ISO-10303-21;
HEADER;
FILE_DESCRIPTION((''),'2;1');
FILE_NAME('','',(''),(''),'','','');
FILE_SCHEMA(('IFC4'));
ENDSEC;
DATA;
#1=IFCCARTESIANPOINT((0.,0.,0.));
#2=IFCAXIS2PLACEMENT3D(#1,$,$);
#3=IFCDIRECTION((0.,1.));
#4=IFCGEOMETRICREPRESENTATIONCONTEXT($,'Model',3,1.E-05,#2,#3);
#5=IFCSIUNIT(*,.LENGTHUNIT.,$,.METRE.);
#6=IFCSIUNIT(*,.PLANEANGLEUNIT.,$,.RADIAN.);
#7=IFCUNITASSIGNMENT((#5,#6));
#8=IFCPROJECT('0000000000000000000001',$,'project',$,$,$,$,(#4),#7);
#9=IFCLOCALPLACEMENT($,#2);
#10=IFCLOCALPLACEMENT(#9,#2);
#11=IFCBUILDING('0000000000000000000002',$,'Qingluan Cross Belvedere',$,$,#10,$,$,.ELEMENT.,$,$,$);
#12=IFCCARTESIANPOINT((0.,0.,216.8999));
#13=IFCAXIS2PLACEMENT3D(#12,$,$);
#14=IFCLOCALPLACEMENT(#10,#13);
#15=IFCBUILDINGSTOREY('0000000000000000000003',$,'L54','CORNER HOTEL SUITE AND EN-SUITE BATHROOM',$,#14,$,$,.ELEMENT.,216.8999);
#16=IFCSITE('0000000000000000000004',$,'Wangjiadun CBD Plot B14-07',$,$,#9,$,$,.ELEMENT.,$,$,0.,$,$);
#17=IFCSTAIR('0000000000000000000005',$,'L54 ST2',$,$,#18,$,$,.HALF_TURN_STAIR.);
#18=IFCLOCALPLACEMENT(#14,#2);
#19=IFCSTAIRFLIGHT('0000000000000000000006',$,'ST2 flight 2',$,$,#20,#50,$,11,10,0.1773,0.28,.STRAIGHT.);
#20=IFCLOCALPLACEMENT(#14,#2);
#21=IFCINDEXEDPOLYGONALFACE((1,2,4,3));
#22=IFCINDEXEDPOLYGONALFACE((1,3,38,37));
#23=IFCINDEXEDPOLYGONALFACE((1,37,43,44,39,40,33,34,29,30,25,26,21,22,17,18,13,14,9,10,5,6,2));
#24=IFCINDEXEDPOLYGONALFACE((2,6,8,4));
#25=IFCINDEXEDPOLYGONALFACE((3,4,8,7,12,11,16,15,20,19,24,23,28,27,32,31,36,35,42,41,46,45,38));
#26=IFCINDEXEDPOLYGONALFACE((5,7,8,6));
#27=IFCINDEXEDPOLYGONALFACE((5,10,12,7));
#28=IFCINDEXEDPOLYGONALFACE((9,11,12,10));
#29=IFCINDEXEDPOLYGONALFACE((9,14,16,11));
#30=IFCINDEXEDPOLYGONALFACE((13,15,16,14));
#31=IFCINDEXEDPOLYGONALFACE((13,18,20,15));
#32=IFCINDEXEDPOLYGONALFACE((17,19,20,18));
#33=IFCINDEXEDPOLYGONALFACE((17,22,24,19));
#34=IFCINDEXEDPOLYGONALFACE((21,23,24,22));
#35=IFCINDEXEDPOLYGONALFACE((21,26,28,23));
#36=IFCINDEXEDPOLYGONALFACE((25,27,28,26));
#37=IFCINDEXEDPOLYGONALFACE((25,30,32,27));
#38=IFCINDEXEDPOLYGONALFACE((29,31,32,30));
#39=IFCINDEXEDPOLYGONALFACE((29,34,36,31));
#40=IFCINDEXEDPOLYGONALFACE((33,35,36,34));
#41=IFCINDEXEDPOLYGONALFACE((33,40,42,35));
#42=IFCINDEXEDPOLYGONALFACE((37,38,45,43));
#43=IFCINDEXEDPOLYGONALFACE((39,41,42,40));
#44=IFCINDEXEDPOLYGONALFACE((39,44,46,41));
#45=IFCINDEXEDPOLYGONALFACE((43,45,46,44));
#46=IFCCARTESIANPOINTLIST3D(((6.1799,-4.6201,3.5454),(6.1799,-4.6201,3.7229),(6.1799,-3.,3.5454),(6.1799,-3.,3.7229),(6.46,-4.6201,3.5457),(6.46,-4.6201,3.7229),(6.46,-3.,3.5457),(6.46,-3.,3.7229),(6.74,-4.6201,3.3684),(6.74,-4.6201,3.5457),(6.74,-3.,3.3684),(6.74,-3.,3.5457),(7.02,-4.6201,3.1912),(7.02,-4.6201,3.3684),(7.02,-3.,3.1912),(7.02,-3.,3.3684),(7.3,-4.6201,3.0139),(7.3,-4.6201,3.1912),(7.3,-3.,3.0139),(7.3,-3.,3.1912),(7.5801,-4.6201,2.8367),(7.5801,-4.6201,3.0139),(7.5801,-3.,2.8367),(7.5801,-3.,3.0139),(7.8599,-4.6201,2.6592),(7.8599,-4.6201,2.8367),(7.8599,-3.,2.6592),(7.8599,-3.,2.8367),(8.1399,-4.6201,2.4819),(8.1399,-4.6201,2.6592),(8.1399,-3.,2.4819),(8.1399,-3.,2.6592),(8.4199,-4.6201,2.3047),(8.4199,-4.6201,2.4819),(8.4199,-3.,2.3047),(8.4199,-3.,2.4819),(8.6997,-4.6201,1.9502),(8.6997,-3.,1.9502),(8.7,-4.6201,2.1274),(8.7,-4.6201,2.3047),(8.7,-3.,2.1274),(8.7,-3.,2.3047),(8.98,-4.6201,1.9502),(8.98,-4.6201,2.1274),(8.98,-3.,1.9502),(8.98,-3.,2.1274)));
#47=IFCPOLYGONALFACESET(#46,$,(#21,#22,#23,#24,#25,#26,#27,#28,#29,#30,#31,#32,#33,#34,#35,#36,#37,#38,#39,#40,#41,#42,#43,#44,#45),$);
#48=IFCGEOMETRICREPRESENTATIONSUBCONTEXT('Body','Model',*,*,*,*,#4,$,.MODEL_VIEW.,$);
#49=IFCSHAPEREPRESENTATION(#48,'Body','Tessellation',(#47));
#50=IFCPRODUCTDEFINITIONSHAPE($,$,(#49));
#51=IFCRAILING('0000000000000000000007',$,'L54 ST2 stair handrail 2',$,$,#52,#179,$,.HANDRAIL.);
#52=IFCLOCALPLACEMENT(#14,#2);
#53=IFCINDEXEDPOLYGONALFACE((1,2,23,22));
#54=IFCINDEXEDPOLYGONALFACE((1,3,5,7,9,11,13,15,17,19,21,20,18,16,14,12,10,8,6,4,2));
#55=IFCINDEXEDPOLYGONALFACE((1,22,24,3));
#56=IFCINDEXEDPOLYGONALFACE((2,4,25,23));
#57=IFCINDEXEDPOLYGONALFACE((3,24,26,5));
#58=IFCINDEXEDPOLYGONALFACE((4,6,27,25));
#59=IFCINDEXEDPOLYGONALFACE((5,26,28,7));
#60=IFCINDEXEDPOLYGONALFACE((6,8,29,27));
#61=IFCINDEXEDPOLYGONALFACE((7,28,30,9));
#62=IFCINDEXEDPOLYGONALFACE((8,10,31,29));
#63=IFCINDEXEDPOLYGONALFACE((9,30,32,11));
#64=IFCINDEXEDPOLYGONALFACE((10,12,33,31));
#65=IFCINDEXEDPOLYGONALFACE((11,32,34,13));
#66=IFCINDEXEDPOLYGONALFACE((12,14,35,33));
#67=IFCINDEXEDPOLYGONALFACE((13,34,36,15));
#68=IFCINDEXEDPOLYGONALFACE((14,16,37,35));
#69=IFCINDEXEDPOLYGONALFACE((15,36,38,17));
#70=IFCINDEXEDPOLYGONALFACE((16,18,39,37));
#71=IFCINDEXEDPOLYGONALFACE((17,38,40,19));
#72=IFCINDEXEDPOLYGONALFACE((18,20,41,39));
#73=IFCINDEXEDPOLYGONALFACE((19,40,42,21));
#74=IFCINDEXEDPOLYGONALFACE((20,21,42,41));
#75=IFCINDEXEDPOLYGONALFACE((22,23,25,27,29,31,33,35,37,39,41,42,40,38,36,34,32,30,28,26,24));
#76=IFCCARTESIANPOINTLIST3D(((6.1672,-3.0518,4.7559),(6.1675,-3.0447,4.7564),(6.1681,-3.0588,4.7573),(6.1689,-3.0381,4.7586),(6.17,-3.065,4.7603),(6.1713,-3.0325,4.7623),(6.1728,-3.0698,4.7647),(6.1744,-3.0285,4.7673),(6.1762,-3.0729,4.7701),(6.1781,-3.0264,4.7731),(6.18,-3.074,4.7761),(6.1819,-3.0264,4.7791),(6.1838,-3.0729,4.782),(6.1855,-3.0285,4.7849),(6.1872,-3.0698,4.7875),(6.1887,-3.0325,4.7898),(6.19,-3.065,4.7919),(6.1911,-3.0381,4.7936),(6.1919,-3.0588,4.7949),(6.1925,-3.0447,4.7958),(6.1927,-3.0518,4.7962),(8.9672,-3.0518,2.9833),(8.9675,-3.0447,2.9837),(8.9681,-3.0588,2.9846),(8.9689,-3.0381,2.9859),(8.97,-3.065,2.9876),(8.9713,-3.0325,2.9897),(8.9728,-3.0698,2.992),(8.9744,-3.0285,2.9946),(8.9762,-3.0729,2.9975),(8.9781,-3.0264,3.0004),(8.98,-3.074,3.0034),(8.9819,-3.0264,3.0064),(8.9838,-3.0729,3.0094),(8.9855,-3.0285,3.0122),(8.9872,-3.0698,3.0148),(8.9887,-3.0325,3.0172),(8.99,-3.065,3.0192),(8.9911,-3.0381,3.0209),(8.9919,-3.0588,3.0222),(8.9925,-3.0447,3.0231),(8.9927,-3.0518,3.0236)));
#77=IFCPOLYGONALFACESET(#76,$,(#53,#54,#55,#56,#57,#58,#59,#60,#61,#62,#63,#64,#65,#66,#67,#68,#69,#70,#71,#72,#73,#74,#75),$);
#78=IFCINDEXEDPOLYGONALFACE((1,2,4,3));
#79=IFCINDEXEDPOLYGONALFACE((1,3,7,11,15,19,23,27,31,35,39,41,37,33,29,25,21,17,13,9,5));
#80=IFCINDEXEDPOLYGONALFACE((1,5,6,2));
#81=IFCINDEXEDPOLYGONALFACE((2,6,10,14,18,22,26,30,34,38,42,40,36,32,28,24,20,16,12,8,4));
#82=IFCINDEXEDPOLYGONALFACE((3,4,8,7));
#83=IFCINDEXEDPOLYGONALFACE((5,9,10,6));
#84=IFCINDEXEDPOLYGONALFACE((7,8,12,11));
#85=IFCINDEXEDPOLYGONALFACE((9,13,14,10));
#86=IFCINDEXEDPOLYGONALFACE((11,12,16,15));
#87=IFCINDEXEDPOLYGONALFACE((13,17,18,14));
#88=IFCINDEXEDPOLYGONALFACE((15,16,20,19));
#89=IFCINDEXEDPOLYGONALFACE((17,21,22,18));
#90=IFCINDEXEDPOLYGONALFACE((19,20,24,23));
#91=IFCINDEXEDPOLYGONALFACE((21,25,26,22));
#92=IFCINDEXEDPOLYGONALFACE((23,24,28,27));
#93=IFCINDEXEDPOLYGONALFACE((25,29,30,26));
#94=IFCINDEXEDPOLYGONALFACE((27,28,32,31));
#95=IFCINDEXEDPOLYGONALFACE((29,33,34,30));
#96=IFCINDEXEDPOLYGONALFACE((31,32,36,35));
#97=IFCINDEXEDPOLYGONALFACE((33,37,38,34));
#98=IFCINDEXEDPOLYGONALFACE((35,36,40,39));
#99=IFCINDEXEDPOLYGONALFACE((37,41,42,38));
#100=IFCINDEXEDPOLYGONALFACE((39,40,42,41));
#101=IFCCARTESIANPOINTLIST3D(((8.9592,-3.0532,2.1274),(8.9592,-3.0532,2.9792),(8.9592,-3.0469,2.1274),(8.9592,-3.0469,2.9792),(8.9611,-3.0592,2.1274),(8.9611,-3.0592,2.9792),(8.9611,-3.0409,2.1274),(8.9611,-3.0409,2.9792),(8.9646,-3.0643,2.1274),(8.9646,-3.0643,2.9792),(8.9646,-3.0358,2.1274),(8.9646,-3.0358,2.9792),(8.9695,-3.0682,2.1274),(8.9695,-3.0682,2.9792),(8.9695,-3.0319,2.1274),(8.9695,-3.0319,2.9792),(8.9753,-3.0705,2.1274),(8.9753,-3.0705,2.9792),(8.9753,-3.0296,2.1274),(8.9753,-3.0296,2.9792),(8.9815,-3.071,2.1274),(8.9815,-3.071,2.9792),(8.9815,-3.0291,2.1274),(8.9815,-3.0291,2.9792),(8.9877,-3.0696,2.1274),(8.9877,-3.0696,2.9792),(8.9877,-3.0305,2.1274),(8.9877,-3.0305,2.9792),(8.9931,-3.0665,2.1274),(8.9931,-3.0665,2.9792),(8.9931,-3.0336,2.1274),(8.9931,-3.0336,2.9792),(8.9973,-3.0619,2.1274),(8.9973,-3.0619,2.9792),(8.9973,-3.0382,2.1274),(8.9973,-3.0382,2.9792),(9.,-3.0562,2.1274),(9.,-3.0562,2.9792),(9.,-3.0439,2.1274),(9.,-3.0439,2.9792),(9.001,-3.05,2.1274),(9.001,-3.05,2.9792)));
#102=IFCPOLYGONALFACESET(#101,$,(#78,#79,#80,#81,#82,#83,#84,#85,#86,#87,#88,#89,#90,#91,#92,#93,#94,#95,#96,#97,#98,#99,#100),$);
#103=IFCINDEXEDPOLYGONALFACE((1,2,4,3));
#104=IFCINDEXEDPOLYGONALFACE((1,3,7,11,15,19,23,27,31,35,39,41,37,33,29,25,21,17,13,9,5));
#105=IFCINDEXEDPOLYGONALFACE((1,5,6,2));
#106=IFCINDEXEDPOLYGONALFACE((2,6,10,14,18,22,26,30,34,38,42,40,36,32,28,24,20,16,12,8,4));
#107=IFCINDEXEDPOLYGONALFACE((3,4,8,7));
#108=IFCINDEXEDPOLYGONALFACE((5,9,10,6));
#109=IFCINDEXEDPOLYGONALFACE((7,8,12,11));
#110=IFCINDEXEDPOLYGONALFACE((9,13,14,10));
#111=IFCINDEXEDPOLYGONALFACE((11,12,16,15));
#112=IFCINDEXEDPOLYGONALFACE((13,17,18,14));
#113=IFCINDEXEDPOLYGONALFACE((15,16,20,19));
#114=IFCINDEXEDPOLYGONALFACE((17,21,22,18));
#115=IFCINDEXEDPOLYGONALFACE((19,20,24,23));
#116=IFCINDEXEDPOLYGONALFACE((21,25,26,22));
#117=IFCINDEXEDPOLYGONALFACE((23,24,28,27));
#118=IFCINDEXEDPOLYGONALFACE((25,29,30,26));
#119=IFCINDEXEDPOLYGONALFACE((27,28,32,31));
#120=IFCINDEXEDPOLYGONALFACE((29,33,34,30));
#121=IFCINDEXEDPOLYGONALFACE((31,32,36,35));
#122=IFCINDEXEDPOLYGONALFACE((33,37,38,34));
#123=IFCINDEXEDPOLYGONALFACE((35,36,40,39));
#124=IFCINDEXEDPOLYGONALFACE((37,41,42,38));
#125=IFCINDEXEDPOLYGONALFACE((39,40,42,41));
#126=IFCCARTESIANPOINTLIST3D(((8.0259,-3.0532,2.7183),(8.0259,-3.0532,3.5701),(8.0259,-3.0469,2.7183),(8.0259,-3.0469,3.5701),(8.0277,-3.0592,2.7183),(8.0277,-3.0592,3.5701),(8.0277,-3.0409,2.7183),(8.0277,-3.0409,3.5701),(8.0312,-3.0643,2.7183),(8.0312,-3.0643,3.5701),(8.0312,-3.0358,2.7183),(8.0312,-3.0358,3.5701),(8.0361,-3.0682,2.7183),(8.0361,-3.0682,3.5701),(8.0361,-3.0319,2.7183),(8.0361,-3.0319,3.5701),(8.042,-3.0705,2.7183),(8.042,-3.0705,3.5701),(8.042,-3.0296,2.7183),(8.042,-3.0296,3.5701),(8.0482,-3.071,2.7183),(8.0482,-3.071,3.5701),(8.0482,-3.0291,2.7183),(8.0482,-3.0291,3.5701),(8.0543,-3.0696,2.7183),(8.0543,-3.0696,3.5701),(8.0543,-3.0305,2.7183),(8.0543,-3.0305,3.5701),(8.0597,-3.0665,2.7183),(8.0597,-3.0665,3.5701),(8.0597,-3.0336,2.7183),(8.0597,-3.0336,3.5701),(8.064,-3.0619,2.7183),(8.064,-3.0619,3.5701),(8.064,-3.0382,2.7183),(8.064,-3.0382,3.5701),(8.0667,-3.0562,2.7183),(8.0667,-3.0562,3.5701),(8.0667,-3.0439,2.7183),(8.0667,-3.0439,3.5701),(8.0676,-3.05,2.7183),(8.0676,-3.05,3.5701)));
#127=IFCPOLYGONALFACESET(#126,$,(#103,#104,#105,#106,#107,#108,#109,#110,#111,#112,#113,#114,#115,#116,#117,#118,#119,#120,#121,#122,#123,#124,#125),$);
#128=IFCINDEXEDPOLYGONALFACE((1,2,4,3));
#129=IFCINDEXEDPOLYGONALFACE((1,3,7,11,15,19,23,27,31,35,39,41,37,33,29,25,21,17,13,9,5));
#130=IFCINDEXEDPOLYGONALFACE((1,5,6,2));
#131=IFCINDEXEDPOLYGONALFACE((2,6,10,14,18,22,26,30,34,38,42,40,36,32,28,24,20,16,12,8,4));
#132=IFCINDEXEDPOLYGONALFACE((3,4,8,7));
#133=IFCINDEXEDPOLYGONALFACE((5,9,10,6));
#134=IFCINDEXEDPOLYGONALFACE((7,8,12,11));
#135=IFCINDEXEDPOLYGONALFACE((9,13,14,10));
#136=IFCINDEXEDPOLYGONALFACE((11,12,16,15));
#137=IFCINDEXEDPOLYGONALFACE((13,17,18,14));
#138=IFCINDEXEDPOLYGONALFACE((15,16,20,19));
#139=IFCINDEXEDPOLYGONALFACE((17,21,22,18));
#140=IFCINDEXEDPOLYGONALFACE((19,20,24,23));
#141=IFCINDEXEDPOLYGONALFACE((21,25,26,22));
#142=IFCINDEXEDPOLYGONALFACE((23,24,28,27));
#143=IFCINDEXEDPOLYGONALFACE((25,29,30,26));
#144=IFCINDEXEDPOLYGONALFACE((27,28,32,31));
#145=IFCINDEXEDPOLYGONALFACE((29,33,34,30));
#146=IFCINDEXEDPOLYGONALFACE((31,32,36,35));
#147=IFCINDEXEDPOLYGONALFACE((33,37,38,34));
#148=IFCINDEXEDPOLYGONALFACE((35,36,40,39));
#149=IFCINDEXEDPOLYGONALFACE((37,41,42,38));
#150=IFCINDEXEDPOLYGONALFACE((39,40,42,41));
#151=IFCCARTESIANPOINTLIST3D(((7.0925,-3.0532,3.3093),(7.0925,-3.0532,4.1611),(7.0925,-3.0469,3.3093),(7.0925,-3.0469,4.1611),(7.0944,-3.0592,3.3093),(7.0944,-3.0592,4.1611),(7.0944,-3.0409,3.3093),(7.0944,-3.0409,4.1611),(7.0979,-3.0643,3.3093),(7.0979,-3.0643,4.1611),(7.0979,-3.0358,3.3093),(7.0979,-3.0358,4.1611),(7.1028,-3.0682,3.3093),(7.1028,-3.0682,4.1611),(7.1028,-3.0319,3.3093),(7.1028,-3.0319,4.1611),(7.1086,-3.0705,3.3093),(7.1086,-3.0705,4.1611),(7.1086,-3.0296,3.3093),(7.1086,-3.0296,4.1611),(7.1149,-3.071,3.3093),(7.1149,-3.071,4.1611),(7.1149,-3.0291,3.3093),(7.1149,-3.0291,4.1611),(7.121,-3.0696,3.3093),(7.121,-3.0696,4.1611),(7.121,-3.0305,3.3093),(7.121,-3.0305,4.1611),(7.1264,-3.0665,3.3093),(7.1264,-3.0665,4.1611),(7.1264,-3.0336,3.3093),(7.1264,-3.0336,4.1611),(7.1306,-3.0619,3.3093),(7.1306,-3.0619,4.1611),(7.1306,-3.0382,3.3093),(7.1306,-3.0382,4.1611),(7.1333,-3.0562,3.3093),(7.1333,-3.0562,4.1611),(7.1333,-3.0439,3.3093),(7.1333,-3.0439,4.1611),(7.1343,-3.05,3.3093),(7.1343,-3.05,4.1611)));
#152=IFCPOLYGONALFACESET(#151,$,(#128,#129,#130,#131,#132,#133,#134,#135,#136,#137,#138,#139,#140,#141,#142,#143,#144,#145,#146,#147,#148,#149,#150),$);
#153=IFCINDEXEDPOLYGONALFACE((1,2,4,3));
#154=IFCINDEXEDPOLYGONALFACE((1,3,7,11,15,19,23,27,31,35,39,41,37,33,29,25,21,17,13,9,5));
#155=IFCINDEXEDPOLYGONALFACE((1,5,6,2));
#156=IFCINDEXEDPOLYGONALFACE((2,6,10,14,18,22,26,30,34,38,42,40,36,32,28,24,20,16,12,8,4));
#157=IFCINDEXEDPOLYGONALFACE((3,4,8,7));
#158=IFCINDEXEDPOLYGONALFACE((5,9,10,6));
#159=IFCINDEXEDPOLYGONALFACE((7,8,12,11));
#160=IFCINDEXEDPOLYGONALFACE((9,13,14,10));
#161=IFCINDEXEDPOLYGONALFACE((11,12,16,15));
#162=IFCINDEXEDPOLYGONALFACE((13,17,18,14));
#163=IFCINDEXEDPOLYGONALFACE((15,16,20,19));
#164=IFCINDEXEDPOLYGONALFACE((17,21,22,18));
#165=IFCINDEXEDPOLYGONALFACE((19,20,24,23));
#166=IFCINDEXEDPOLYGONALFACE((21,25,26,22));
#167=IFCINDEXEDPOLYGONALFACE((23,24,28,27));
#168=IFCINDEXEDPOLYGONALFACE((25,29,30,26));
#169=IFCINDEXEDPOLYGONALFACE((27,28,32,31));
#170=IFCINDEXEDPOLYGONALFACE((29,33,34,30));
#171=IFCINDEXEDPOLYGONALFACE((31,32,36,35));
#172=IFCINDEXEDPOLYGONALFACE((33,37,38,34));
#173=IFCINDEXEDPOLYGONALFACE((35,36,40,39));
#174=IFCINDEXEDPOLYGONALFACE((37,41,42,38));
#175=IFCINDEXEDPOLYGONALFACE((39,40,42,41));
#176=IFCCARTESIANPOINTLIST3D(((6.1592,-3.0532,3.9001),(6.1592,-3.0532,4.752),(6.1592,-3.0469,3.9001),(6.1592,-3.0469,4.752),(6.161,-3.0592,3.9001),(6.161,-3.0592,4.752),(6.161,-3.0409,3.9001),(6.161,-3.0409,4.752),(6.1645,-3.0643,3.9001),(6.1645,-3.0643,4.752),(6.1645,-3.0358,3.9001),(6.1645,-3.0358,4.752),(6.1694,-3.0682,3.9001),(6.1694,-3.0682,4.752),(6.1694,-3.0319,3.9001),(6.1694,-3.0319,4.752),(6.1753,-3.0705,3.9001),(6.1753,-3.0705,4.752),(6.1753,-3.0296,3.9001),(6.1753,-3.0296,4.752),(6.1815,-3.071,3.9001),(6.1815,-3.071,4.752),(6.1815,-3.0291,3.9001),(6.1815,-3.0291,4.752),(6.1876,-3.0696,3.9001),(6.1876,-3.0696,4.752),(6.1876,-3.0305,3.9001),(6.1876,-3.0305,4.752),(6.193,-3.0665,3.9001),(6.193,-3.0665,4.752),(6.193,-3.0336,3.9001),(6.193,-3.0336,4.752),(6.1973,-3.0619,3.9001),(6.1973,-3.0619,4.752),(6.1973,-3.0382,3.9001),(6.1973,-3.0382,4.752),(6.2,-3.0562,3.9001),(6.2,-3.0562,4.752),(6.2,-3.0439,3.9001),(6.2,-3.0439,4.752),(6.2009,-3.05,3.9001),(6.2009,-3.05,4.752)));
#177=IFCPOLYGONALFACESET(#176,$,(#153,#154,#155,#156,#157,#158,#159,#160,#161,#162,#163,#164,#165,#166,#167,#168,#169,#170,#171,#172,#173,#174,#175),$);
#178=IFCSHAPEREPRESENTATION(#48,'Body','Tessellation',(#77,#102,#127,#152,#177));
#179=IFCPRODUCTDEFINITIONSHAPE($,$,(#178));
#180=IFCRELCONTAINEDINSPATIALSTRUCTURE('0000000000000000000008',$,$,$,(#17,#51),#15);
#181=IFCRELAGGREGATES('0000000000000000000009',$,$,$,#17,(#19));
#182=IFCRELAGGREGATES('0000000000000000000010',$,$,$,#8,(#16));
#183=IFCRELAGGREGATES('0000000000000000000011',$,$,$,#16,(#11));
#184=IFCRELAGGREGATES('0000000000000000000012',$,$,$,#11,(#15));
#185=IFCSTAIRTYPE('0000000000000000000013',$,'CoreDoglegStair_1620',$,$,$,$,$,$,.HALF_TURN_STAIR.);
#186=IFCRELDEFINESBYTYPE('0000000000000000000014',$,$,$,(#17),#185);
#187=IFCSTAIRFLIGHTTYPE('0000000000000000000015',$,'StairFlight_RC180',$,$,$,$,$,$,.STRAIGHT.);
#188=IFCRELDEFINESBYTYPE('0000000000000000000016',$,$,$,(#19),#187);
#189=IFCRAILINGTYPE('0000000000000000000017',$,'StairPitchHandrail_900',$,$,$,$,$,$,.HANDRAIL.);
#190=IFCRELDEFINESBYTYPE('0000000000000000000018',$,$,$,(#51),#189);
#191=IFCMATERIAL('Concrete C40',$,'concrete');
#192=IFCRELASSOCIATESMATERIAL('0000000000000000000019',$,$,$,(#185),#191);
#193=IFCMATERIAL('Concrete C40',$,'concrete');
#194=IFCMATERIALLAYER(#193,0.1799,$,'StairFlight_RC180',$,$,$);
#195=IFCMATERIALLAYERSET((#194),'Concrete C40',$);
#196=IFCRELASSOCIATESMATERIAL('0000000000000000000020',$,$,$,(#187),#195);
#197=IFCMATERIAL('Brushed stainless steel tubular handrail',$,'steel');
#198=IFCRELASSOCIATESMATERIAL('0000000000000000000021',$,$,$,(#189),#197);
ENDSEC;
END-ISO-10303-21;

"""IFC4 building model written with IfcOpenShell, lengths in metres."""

from ifc_helpers import new_model, si_unit, direction, frame, origin, origin_2d, place, context, subcontext, project, spatial, polyline, circle, outline, extrude, material, layer, layer_set, type_object, element, aggregate, save


model = new_model("IFC4")

# Units and contexts
model_context = context("Model", 3, precision=1e-05, world=origin(), true_north=direction((0.0, 1.0)))
body_context = subcontext(model_context, "Body", "Model", "MODEL_VIEW")
ifc_project = project(units=[si_unit("LENGTHUNIT", "METRE"), si_unit("PLANEANGLEUNIT", "RADIAN")], contexts=[model_context])

# Site, building, storey
site_placement = place(None, origin())
site = spatial("IfcSite", under=ifc_project, at=site_placement, Name="Wangjiadun CBD Plot B14-07", CompositionType="ELEMENT", RefElevation=0.0)
building_placement = place(site_placement, origin())
building = spatial("IfcBuilding", under=site, at=building_placement, Name="Qingluan Cross Belvedere", CompositionType="ELEMENT")
storey_placement = place(building_placement, frame((0.0, 0.0, 216.8999)))
storey = spatial("IfcBuildingStorey", under=building, at=storey_placement, Name="L54", Description="CORNER HOTEL SUITE AND EN-SUITE BATHROOM", CompositionType="ELEMENT", Elevation=216.8999)

# Stair, stair flight
ifc_material_1 = material(Name="Concrete C40", Category="concrete")
stair_type = type_object("IfcStairType", Name="CoreDoglegStair_1620", PredefinedType="HALF_TURN_STAIR", material=ifc_material_1)
stair_placement = place(storey_placement, origin())
stair = element("IfcStair", 1, at=stair_placement, inside=storey, type_object=stair_type, Name="L54 ST2", PredefinedType="HALF_TURN_STAIR")
ifc_material_2 = material(Name="Concrete C40", Category="concrete")
ifc_layer_1 = layer(ifc_material_2, 0.1799, Name="StairFlight_RC180")
ifc_layer_set_1 = layer_set([ifc_layer_1], Name="Concrete C40")
stair_flight_type = type_object("IfcStairFlightType", Name="StairFlight_RC180", PredefinedType="STRAIGHT", material=ifc_layer_set_1)
stair_flight_placement = place(storey_placement, frame((8.98, -3.8101, 1.9502), z_axis=(0.0, 0.0, 1.0), x_axis=(-1.0, 0.0, 0.0)))
stair_flight = element("IfcStairFlight", 2, at=stair_flight_placement, type_object=stair_flight_type, Name="ST2 flight 2", NumberOfRisers=11, NumberOfTreads=10, PredefinedType="STRAIGHT", RiserHeight=0.1773, TreadLength=0.28, context=body_context, shape_type="SweptSolid", body=[
    extrude(outline(polyline([(0.0, 0.0), (0.0, 0.1772), (0.28, 0.1772), (0.28, 0.3545), (0.5601, 0.3545), (0.5601, 0.5317), (0.8401, 0.5317), (0.8401, 0.709), (1.1201, 0.709), (1.1201, 0.8865), (1.3999, 0.8865), (1.3999, 1.0637), (1.6799, 1.0637), (1.6799, 1.241), (1.96, 1.241), (1.96, 1.4182), (2.24, 1.4182), (2.24, 1.5955), (2.52, 1.5955), (2.52, 1.7727), (2.8, 1.7727), (2.8, 1.95), (2.8, 1.5952), (0.2803, 0.0), (0.0, 0.0)])), frame((0.0, 0.8101, 0.0), z_axis=(0.0, -1.0, 0.0), x_axis=(1.0, 0.0, 0.0)), (0.0, 0.0, 1.0), 1.6201),
])
aggregate(stair, [stair_flight])

# Railing
ifc_material_3 = material(Name="Brushed stainless steel tubular handrail", Category="steel")
railing_type_1 = type_object("IfcRailingType", Name="StairPitchHandrail_900", PredefinedType="HANDRAIL", material=ifc_material_3)
railing_1_placement = place(storey_placement, frame((8.98, -3.05, 2.1274)))
element("IfcRailing", 3, at=railing_1_placement, inside=storey, type_object=railing_type_1, Name="L54 ST2 stair handrail 2", PredefinedType="HANDRAIL", context=body_context, shape_type="SweptSolid", body=[
    extrude(circle(Radius=0.0239, at=origin_2d()), frame((0.0, 0.0, 0.876), z_axis=(-0.844909, 0.0, 0.53491), x_axis=(0.0, -1.0, 0.0)), (0.0, 0.0, 1.0), 3.314),
    extrude(circle(Radius=0.021, at=origin_2d()), origin(), (0.0, 0.0, 1.0), 0.8518),
    extrude(circle(Radius=0.021, at=origin_2d()), frame((-0.9333, 0.0, 0.5908)), (0.0, 0.0, 1.0), 0.8518),
    extrude(circle(Radius=0.021, at=origin_2d()), frame((-1.8667, 0.0, 1.1819)), (0.0, 0.0, 1.0), 0.8518),
    extrude(circle(Radius=0.021, at=origin_2d()), frame((-2.8, 0.0, 1.7727)), (0.0, 0.0, 1.0), 0.8518),
])

save(model, "model.ifc")
